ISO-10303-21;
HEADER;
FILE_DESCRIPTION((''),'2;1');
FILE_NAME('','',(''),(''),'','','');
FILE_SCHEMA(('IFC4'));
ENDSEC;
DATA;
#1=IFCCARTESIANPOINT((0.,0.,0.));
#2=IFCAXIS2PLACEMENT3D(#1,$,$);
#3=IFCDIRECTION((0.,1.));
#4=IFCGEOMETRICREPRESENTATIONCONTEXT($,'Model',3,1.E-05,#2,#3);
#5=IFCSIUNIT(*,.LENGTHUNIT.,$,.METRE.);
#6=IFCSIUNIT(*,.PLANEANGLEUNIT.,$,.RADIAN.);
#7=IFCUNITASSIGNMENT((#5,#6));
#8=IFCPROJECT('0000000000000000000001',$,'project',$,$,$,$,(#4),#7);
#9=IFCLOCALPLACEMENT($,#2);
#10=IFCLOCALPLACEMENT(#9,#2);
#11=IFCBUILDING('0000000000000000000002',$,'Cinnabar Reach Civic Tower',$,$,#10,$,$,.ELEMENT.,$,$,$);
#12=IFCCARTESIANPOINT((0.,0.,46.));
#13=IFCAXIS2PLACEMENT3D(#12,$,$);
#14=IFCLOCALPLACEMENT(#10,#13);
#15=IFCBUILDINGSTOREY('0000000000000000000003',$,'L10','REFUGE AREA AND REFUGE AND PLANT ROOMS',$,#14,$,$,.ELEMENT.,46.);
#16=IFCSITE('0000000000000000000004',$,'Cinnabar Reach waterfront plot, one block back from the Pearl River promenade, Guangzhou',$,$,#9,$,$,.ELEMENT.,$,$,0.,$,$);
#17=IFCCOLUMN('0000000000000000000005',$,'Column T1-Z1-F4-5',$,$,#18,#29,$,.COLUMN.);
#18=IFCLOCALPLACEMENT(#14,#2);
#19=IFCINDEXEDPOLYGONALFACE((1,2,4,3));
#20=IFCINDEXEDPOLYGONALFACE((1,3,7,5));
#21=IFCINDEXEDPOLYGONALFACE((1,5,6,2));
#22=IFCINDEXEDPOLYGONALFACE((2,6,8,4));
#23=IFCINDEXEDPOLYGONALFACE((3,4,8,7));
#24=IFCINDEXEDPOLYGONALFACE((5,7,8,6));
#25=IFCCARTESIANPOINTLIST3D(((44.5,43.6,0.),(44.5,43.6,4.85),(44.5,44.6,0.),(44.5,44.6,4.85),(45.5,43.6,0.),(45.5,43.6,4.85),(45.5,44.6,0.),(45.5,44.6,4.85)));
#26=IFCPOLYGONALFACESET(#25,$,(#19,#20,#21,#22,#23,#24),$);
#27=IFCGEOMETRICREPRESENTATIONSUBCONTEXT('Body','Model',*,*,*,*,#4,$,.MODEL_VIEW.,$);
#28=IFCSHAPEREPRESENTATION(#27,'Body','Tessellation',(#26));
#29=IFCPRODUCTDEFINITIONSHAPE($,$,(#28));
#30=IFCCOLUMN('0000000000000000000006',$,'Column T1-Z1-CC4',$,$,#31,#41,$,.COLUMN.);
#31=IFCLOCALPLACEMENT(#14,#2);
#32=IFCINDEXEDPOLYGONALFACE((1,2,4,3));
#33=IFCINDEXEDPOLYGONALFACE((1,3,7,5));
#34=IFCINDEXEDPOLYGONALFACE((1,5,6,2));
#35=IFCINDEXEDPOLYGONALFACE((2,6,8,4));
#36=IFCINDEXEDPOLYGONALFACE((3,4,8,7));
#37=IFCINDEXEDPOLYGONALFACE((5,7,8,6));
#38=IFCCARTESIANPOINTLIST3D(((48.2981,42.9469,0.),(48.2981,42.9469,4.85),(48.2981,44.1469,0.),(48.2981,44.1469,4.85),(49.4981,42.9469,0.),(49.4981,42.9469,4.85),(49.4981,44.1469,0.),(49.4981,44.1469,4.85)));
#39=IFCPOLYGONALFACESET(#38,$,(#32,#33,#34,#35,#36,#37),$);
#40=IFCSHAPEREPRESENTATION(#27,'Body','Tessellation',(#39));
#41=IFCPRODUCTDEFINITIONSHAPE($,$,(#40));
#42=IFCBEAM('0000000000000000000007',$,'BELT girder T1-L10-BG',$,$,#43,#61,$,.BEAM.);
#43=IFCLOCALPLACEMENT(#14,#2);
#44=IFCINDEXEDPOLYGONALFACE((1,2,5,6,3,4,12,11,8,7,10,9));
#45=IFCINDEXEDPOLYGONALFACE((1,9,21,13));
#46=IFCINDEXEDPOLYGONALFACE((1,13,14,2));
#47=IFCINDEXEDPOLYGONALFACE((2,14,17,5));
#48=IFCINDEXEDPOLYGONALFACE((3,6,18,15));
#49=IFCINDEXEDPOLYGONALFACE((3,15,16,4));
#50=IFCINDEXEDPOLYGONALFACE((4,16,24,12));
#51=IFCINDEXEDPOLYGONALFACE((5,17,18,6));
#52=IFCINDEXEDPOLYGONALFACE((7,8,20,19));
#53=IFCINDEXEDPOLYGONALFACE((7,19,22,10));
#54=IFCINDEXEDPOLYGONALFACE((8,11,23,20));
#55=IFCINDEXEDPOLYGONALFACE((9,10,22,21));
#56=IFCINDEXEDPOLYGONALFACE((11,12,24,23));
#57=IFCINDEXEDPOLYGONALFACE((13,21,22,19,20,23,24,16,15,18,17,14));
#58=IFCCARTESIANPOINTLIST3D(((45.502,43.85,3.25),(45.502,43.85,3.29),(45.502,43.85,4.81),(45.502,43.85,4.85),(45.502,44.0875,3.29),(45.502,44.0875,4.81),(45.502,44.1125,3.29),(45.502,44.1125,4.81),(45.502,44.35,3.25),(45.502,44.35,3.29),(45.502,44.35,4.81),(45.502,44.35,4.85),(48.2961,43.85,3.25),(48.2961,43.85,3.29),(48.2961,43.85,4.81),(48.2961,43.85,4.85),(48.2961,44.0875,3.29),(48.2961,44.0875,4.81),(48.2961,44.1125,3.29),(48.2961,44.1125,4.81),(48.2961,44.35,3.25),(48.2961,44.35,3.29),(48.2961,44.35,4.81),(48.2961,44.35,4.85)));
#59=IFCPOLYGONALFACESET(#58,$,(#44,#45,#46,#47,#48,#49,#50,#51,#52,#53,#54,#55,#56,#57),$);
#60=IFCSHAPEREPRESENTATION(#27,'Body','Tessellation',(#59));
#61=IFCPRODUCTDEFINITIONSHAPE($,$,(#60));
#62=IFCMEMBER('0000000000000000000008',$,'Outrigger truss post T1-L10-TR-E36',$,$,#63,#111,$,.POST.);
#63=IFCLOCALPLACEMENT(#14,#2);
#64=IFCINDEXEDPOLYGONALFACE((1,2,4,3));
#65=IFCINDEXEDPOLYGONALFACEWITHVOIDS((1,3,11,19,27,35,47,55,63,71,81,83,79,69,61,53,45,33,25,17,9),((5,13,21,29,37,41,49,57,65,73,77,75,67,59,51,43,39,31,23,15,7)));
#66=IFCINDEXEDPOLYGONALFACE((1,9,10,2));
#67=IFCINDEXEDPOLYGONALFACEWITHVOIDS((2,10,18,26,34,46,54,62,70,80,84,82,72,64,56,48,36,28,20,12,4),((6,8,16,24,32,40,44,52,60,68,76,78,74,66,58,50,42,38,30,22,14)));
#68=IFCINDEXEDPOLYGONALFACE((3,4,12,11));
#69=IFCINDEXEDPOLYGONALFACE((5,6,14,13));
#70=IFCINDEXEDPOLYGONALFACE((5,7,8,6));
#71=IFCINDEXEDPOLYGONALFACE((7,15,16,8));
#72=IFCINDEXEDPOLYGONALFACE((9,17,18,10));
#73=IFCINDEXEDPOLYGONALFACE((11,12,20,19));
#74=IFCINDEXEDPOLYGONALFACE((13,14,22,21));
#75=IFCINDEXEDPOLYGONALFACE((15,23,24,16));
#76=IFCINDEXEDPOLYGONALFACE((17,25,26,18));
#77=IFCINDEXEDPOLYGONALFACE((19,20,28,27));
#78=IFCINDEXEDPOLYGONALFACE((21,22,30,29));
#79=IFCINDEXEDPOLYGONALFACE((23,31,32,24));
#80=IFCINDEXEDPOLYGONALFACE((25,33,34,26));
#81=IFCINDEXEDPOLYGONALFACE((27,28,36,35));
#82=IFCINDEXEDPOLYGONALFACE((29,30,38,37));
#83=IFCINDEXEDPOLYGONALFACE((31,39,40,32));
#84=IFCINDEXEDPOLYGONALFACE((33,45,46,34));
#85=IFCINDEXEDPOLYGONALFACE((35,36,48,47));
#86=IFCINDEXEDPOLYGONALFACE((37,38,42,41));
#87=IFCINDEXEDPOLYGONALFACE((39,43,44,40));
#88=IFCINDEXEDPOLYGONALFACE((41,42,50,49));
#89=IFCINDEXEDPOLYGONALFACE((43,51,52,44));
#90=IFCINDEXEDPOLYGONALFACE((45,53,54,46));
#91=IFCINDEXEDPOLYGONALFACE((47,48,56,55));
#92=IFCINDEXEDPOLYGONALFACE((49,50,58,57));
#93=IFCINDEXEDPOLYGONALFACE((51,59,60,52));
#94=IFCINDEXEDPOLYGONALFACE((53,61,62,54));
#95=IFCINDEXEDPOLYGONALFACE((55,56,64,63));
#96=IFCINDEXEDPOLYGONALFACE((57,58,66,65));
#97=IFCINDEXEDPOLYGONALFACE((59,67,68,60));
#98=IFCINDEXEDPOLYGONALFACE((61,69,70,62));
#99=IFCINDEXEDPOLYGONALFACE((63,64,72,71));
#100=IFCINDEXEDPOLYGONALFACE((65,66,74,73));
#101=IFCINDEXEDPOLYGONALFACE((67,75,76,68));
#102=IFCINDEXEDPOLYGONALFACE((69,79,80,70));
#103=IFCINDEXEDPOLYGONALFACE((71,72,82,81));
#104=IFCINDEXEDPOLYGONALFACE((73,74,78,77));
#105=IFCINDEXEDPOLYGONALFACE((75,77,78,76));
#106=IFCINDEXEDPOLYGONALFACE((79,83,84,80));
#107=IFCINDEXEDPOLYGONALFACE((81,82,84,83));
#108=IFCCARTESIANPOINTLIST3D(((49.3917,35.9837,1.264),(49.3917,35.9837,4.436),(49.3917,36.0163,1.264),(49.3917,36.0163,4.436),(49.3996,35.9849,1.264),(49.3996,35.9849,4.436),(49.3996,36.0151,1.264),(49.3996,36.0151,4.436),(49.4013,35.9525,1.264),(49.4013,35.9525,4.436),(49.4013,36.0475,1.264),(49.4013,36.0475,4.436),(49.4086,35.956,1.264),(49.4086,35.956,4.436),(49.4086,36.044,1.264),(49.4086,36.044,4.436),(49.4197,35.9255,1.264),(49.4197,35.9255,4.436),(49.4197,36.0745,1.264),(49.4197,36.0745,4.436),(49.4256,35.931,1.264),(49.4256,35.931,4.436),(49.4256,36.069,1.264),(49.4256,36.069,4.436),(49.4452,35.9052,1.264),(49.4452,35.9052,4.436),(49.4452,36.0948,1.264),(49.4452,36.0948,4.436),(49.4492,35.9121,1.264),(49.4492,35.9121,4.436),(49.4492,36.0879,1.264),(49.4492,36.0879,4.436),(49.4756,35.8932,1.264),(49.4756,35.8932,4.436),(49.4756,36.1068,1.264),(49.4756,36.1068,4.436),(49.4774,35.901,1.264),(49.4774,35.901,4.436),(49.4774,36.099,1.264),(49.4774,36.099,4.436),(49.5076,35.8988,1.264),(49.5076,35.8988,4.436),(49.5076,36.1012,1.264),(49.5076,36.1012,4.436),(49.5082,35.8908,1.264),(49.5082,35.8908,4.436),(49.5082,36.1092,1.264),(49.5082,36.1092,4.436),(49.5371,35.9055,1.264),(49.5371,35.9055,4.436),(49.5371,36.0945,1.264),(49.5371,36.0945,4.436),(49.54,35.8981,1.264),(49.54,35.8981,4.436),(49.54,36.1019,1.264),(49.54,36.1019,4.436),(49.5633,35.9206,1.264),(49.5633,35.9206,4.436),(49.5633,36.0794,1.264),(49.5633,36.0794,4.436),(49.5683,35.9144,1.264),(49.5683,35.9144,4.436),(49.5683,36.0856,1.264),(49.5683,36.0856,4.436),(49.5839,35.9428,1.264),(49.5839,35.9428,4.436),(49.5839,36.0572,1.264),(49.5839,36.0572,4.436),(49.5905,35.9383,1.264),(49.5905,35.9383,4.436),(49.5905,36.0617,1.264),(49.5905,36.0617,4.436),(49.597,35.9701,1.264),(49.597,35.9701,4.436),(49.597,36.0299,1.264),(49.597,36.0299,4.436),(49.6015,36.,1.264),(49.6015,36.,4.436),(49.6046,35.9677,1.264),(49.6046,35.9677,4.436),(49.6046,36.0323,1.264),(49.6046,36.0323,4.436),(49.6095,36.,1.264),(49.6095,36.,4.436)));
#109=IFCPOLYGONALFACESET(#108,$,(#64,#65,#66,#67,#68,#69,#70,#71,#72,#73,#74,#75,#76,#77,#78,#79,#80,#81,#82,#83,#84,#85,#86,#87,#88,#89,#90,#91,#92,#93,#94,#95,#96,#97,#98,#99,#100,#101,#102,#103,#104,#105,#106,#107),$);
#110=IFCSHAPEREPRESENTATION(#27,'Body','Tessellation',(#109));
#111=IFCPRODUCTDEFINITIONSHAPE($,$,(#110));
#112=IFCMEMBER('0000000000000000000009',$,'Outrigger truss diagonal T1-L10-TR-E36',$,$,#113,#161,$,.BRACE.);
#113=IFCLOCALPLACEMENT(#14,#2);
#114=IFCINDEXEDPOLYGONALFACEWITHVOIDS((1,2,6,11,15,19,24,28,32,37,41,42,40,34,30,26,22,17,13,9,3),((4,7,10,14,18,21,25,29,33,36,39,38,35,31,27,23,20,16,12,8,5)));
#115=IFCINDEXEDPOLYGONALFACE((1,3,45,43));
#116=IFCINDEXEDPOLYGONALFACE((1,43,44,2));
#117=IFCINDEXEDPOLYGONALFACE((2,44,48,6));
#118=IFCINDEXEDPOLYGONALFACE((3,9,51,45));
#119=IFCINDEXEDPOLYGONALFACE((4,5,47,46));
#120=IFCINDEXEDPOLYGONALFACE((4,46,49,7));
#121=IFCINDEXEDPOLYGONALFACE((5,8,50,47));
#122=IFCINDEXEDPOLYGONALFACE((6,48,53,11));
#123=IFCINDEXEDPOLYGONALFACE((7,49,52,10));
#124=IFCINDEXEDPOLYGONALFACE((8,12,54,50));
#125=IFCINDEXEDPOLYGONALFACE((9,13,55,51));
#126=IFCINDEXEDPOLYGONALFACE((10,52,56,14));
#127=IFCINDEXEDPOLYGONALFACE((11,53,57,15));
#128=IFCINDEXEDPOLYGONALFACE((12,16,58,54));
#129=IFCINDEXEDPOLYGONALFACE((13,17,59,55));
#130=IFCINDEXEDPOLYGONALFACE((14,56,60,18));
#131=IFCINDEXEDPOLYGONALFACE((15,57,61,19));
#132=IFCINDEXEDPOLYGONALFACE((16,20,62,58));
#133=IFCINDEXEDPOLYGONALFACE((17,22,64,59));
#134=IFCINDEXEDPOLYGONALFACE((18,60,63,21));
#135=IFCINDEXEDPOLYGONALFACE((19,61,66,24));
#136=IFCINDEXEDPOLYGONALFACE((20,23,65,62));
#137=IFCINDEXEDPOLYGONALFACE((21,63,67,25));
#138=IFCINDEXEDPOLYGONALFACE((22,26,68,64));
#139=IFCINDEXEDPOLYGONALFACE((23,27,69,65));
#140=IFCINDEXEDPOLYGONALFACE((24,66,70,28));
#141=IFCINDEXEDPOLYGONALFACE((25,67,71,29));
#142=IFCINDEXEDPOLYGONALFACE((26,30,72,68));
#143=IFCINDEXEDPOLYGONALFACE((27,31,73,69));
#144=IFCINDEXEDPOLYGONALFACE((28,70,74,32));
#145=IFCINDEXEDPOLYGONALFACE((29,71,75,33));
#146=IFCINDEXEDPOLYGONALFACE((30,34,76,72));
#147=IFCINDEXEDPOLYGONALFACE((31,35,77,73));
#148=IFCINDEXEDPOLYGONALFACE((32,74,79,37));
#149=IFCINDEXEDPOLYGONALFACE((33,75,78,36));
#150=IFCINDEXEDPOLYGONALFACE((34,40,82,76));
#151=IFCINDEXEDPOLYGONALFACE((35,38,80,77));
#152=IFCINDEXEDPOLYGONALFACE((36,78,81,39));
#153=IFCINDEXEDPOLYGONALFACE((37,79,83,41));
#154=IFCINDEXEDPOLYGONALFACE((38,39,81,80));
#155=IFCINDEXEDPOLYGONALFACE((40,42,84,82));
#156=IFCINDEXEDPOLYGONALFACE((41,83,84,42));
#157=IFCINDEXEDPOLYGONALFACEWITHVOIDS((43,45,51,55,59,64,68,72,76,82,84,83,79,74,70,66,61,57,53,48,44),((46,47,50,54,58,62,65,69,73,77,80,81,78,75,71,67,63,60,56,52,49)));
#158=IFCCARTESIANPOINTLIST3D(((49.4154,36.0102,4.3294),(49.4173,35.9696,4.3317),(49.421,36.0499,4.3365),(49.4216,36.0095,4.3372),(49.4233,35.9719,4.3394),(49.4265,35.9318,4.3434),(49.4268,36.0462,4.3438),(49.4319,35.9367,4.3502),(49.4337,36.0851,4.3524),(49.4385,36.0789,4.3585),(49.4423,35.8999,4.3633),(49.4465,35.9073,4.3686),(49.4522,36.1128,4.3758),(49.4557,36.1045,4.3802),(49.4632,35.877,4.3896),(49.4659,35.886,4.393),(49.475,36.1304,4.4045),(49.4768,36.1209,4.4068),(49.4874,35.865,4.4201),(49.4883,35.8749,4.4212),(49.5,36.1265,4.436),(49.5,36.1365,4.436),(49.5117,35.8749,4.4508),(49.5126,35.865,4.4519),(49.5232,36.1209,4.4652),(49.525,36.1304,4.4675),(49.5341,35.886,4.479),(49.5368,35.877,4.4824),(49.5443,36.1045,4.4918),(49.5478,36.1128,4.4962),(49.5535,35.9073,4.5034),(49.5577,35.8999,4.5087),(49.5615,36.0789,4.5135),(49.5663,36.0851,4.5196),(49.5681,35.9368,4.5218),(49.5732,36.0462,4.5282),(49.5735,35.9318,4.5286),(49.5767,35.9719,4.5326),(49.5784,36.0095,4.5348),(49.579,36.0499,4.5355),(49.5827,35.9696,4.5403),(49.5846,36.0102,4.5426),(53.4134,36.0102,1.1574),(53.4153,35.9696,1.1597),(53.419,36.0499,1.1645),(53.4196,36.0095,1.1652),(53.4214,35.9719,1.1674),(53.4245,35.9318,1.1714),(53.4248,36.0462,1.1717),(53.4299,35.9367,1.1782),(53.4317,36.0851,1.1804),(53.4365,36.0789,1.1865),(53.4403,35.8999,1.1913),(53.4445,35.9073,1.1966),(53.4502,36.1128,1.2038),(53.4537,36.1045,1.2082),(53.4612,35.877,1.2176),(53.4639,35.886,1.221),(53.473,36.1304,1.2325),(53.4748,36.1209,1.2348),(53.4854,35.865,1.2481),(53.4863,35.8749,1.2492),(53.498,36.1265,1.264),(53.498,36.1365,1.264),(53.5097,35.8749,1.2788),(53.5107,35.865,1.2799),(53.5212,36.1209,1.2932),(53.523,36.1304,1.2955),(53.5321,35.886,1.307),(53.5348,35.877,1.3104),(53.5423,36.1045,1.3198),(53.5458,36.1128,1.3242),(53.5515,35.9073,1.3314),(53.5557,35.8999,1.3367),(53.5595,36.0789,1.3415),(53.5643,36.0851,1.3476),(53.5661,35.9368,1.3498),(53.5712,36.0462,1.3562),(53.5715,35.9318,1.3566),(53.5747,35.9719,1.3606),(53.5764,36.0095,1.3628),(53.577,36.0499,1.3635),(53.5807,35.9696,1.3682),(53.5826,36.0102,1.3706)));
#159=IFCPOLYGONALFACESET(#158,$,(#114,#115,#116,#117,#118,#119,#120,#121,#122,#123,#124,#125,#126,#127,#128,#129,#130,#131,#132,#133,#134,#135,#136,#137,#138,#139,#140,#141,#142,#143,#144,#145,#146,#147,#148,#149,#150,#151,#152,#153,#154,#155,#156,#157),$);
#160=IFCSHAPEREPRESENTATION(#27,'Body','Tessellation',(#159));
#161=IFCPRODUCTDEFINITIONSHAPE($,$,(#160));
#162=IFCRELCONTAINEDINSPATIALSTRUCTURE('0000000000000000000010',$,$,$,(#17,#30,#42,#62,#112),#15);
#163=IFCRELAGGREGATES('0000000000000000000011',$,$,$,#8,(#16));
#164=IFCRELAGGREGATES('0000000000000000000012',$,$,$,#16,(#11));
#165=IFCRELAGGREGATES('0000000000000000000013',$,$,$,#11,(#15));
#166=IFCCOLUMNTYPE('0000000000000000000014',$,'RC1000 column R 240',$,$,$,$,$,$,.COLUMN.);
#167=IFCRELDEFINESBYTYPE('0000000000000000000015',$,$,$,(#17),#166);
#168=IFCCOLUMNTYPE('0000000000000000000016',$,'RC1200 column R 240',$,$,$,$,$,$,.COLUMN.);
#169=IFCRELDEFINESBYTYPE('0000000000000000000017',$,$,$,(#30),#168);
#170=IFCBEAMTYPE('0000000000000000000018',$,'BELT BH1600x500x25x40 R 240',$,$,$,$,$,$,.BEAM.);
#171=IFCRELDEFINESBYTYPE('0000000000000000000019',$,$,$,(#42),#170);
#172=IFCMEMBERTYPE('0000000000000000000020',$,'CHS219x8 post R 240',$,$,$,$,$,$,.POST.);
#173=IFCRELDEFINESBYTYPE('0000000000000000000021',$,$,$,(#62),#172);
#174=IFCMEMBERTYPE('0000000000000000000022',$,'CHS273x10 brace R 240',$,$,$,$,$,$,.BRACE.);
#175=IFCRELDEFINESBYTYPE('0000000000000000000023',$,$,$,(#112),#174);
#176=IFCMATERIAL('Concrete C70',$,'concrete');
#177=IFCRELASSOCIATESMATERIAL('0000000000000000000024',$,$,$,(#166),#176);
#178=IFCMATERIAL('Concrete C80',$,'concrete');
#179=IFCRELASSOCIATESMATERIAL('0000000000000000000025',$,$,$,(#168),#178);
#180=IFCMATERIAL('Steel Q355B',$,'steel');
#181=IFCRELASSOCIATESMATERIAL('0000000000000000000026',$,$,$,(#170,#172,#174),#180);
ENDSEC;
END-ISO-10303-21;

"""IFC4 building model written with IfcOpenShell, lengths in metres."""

from ifc_helpers import new_model, si_unit, direction, frame, origin, origin_2d, place, context, subcontext, project, spatial, rectangle, hollow_circle, i_section, extrude, material, material_profile, profile_set, type_object, element, save


model = new_model("IFC4")

# Units and contexts
model_context = context("Model", 3, precision=1e-05, world=origin(), true_north=direction((0.0, 1.0)))
body_context = subcontext(model_context, "Body", "Model", "MODEL_VIEW")
ifc_project = project(units=[si_unit("LENGTHUNIT", "METRE"), si_unit("PLANEANGLEUNIT", "RADIAN")], contexts=[model_context])

# Site, building, storey
site_placement = place(None, origin())
site = spatial("IfcSite", under=ifc_project, at=site_placement, Name="Cinnabar Reach waterfront plot, one block back from the Pearl River promenade, Guangzhou", CompositionType="ELEMENT", RefElevation=0.0)
building_placement = place(site_placement, origin())
building = spatial("IfcBuilding", under=site, at=building_placement, Name="Cinnabar Reach Civic Tower", CompositionType="ELEMENT")
storey_placement = place(building_placement, frame((0.0, 0.0, 46.0)))
storey = spatial("IfcBuildingStorey", under=building, at=storey_placement, Name="L10", Description="REFUGE AREA AND REFUGE AND PLANT ROOMS", CompositionType="ELEMENT", Elevation=46.0)

# Columns
ifc_material_1 = material(Name="Concrete C70", Category="concrete")
ifc_material_profile_1 = material_profile(ifc_material_1, rectangle(XDim=1.0, YDim=1.0, at=origin_2d()), Name="RC1000")
ifc_profile_set_1 = profile_set([ifc_material_profile_1], Name="Concrete C70")
column_type_1 = type_object("IfcColumnType", Name="RC1000 column R 240", PredefinedType="COLUMN", material=ifc_profile_set_1)
column_1_placement = place(storey_placement, frame((45.0, 44.1, 0.0), z_axis=(0.0, 0.0, 1.0), x_axis=(1.0, 0.0, 0.0)))
element("IfcColumn", 1, at=column_1_placement, inside=storey, type_object=column_type_1, Name="Column T1-Z1-F4-5", PredefinedType="COLUMN", context=body_context, shape_type="SweptSolid", body=[
    extrude(rectangle(XDim=1.0, YDim=1.0, at=origin_2d()), origin(), (0.0, 0.0, 1.0), 4.85),
])
ifc_material_2 = material(Name="Concrete C80", Category="concrete")
ifc_material_profile_2 = material_profile(ifc_material_2, rectangle(XDim=1.2, YDim=1.2, at=origin_2d()), Name="RC1200")
ifc_profile_set_2 = profile_set([ifc_material_profile_2], Name="Concrete C80")
column_type_2 = type_object("IfcColumnType", Name="RC1200 column R 240", PredefinedType="COLUMN", material=ifc_profile_set_2)
column_2_placement = place(storey_placement, frame((48.8981, 43.5469, 0.0), z_axis=(0.0, 0.0, 1.0), x_axis=(1.0, 0.0, 0.0)))
element("IfcColumn", 2, at=column_2_placement, inside=storey, type_object=column_type_2, Name="Column T1-Z1-CC4", PredefinedType="COLUMN", context=body_context, shape_type="SweptSolid", body=[
    extrude(rectangle(XDim=1.2, YDim=1.2, at=origin_2d()), origin(), (0.0, 0.0, 1.0), 4.85),
])

# Beam
ifc_material_3 = material(Name="Steel Q355B", Category="steel")
ifc_material_profile_3 = material_profile(ifc_material_3, i_section(OverallWidth=0.5, OverallDepth=1.6, WebThickness=0.025, FlangeThickness=0.04, at=origin_2d()), Name="BH1600x500x25x40")
ifc_profile_set_3 = profile_set([ifc_material_profile_3], Name="Steel Q355B")
beam_type_1 = type_object("IfcBeamType", Name="BELT BH1600x500x25x40 R 240", PredefinedType="BEAM", material=ifc_profile_set_3)
beam_1_placement = place(storey_placement, frame((45.502, 44.1, 4.05), z_axis=(1.0, 0.0, 0.0), x_axis=(0.0, 1.0, 0.0)))
element("IfcBeam", 3, at=beam_1_placement, inside=storey, type_object=beam_type_1, Name="BELT girder T1-L10-BG", PredefinedType="BEAM", context=body_context, shape_type="SweptSolid", body=[
    extrude(i_section(OverallWidth=0.5, OverallDepth=1.6, WebThickness=0.025, FlangeThickness=0.04, at=origin_2d()), origin(), (0.0, 0.0, 1.0), 2.7941),
])

# Members
ifc_material_profile_4 = material_profile(ifc_material_3, hollow_circle(Radius=0.1095, WallThickness=0.008, at=origin_2d()), Name="CHS219x8")
ifc_profile_set_4 = profile_set([ifc_material_profile_4], Name="Steel Q355B")
member_type_1 = type_object("IfcMemberType", Name="CHS219x8 post R 240", PredefinedType="POST", material=ifc_profile_set_4)
member_1_placement = place(storey_placement, frame((49.5, 36.0, 1.264), z_axis=(0.0, 0.0, 1.0), x_axis=(1.0, 0.0, 0.0)))
element("IfcMember", 4, at=member_1_placement, inside=storey, type_object=member_type_1, Name="Outrigger truss post T1-L10-TR-E36", PredefinedType="POST", context=body_context, shape_type="SweptSolid", body=[
    extrude(hollow_circle(Radius=0.1095, WallThickness=0.008, at=origin_2d()), origin(), (0.0, 0.0, 1.0), 3.172),
])
ifc_material_profile_5 = material_profile(ifc_material_3, hollow_circle(Radius=0.1365, WallThickness=0.01, at=origin_2d()), Name="CHS273x10")
ifc_profile_set_5 = profile_set([ifc_material_profile_5], Name="Steel Q355B")
member_type_2 = type_object("IfcMemberType", Name="CHS273x10 brace R 240", PredefinedType="BRACE", material=ifc_profile_set_5)
member_2_placement = place(storey_placement, frame((49.5, 36.0, 4.436), z_axis=(0.783386, 0.0, -0.621536), x_axis=(0.0, 1.0, 0.0)))
element("IfcMember", 5, at=member_2_placement, inside=storey, type_object=member_type_2, Name="Outrigger truss diagonal T1-L10-TR-E36", PredefinedType="BRACE", context=body_context, shape_type="SweptSolid", body=[
    extrude(hollow_circle(Radius=0.1365, WallThickness=0.01, at=origin_2d()), origin(), (0.0, 0.0, 1.0), 5.1035),
])

save(model, "model.ifc")
